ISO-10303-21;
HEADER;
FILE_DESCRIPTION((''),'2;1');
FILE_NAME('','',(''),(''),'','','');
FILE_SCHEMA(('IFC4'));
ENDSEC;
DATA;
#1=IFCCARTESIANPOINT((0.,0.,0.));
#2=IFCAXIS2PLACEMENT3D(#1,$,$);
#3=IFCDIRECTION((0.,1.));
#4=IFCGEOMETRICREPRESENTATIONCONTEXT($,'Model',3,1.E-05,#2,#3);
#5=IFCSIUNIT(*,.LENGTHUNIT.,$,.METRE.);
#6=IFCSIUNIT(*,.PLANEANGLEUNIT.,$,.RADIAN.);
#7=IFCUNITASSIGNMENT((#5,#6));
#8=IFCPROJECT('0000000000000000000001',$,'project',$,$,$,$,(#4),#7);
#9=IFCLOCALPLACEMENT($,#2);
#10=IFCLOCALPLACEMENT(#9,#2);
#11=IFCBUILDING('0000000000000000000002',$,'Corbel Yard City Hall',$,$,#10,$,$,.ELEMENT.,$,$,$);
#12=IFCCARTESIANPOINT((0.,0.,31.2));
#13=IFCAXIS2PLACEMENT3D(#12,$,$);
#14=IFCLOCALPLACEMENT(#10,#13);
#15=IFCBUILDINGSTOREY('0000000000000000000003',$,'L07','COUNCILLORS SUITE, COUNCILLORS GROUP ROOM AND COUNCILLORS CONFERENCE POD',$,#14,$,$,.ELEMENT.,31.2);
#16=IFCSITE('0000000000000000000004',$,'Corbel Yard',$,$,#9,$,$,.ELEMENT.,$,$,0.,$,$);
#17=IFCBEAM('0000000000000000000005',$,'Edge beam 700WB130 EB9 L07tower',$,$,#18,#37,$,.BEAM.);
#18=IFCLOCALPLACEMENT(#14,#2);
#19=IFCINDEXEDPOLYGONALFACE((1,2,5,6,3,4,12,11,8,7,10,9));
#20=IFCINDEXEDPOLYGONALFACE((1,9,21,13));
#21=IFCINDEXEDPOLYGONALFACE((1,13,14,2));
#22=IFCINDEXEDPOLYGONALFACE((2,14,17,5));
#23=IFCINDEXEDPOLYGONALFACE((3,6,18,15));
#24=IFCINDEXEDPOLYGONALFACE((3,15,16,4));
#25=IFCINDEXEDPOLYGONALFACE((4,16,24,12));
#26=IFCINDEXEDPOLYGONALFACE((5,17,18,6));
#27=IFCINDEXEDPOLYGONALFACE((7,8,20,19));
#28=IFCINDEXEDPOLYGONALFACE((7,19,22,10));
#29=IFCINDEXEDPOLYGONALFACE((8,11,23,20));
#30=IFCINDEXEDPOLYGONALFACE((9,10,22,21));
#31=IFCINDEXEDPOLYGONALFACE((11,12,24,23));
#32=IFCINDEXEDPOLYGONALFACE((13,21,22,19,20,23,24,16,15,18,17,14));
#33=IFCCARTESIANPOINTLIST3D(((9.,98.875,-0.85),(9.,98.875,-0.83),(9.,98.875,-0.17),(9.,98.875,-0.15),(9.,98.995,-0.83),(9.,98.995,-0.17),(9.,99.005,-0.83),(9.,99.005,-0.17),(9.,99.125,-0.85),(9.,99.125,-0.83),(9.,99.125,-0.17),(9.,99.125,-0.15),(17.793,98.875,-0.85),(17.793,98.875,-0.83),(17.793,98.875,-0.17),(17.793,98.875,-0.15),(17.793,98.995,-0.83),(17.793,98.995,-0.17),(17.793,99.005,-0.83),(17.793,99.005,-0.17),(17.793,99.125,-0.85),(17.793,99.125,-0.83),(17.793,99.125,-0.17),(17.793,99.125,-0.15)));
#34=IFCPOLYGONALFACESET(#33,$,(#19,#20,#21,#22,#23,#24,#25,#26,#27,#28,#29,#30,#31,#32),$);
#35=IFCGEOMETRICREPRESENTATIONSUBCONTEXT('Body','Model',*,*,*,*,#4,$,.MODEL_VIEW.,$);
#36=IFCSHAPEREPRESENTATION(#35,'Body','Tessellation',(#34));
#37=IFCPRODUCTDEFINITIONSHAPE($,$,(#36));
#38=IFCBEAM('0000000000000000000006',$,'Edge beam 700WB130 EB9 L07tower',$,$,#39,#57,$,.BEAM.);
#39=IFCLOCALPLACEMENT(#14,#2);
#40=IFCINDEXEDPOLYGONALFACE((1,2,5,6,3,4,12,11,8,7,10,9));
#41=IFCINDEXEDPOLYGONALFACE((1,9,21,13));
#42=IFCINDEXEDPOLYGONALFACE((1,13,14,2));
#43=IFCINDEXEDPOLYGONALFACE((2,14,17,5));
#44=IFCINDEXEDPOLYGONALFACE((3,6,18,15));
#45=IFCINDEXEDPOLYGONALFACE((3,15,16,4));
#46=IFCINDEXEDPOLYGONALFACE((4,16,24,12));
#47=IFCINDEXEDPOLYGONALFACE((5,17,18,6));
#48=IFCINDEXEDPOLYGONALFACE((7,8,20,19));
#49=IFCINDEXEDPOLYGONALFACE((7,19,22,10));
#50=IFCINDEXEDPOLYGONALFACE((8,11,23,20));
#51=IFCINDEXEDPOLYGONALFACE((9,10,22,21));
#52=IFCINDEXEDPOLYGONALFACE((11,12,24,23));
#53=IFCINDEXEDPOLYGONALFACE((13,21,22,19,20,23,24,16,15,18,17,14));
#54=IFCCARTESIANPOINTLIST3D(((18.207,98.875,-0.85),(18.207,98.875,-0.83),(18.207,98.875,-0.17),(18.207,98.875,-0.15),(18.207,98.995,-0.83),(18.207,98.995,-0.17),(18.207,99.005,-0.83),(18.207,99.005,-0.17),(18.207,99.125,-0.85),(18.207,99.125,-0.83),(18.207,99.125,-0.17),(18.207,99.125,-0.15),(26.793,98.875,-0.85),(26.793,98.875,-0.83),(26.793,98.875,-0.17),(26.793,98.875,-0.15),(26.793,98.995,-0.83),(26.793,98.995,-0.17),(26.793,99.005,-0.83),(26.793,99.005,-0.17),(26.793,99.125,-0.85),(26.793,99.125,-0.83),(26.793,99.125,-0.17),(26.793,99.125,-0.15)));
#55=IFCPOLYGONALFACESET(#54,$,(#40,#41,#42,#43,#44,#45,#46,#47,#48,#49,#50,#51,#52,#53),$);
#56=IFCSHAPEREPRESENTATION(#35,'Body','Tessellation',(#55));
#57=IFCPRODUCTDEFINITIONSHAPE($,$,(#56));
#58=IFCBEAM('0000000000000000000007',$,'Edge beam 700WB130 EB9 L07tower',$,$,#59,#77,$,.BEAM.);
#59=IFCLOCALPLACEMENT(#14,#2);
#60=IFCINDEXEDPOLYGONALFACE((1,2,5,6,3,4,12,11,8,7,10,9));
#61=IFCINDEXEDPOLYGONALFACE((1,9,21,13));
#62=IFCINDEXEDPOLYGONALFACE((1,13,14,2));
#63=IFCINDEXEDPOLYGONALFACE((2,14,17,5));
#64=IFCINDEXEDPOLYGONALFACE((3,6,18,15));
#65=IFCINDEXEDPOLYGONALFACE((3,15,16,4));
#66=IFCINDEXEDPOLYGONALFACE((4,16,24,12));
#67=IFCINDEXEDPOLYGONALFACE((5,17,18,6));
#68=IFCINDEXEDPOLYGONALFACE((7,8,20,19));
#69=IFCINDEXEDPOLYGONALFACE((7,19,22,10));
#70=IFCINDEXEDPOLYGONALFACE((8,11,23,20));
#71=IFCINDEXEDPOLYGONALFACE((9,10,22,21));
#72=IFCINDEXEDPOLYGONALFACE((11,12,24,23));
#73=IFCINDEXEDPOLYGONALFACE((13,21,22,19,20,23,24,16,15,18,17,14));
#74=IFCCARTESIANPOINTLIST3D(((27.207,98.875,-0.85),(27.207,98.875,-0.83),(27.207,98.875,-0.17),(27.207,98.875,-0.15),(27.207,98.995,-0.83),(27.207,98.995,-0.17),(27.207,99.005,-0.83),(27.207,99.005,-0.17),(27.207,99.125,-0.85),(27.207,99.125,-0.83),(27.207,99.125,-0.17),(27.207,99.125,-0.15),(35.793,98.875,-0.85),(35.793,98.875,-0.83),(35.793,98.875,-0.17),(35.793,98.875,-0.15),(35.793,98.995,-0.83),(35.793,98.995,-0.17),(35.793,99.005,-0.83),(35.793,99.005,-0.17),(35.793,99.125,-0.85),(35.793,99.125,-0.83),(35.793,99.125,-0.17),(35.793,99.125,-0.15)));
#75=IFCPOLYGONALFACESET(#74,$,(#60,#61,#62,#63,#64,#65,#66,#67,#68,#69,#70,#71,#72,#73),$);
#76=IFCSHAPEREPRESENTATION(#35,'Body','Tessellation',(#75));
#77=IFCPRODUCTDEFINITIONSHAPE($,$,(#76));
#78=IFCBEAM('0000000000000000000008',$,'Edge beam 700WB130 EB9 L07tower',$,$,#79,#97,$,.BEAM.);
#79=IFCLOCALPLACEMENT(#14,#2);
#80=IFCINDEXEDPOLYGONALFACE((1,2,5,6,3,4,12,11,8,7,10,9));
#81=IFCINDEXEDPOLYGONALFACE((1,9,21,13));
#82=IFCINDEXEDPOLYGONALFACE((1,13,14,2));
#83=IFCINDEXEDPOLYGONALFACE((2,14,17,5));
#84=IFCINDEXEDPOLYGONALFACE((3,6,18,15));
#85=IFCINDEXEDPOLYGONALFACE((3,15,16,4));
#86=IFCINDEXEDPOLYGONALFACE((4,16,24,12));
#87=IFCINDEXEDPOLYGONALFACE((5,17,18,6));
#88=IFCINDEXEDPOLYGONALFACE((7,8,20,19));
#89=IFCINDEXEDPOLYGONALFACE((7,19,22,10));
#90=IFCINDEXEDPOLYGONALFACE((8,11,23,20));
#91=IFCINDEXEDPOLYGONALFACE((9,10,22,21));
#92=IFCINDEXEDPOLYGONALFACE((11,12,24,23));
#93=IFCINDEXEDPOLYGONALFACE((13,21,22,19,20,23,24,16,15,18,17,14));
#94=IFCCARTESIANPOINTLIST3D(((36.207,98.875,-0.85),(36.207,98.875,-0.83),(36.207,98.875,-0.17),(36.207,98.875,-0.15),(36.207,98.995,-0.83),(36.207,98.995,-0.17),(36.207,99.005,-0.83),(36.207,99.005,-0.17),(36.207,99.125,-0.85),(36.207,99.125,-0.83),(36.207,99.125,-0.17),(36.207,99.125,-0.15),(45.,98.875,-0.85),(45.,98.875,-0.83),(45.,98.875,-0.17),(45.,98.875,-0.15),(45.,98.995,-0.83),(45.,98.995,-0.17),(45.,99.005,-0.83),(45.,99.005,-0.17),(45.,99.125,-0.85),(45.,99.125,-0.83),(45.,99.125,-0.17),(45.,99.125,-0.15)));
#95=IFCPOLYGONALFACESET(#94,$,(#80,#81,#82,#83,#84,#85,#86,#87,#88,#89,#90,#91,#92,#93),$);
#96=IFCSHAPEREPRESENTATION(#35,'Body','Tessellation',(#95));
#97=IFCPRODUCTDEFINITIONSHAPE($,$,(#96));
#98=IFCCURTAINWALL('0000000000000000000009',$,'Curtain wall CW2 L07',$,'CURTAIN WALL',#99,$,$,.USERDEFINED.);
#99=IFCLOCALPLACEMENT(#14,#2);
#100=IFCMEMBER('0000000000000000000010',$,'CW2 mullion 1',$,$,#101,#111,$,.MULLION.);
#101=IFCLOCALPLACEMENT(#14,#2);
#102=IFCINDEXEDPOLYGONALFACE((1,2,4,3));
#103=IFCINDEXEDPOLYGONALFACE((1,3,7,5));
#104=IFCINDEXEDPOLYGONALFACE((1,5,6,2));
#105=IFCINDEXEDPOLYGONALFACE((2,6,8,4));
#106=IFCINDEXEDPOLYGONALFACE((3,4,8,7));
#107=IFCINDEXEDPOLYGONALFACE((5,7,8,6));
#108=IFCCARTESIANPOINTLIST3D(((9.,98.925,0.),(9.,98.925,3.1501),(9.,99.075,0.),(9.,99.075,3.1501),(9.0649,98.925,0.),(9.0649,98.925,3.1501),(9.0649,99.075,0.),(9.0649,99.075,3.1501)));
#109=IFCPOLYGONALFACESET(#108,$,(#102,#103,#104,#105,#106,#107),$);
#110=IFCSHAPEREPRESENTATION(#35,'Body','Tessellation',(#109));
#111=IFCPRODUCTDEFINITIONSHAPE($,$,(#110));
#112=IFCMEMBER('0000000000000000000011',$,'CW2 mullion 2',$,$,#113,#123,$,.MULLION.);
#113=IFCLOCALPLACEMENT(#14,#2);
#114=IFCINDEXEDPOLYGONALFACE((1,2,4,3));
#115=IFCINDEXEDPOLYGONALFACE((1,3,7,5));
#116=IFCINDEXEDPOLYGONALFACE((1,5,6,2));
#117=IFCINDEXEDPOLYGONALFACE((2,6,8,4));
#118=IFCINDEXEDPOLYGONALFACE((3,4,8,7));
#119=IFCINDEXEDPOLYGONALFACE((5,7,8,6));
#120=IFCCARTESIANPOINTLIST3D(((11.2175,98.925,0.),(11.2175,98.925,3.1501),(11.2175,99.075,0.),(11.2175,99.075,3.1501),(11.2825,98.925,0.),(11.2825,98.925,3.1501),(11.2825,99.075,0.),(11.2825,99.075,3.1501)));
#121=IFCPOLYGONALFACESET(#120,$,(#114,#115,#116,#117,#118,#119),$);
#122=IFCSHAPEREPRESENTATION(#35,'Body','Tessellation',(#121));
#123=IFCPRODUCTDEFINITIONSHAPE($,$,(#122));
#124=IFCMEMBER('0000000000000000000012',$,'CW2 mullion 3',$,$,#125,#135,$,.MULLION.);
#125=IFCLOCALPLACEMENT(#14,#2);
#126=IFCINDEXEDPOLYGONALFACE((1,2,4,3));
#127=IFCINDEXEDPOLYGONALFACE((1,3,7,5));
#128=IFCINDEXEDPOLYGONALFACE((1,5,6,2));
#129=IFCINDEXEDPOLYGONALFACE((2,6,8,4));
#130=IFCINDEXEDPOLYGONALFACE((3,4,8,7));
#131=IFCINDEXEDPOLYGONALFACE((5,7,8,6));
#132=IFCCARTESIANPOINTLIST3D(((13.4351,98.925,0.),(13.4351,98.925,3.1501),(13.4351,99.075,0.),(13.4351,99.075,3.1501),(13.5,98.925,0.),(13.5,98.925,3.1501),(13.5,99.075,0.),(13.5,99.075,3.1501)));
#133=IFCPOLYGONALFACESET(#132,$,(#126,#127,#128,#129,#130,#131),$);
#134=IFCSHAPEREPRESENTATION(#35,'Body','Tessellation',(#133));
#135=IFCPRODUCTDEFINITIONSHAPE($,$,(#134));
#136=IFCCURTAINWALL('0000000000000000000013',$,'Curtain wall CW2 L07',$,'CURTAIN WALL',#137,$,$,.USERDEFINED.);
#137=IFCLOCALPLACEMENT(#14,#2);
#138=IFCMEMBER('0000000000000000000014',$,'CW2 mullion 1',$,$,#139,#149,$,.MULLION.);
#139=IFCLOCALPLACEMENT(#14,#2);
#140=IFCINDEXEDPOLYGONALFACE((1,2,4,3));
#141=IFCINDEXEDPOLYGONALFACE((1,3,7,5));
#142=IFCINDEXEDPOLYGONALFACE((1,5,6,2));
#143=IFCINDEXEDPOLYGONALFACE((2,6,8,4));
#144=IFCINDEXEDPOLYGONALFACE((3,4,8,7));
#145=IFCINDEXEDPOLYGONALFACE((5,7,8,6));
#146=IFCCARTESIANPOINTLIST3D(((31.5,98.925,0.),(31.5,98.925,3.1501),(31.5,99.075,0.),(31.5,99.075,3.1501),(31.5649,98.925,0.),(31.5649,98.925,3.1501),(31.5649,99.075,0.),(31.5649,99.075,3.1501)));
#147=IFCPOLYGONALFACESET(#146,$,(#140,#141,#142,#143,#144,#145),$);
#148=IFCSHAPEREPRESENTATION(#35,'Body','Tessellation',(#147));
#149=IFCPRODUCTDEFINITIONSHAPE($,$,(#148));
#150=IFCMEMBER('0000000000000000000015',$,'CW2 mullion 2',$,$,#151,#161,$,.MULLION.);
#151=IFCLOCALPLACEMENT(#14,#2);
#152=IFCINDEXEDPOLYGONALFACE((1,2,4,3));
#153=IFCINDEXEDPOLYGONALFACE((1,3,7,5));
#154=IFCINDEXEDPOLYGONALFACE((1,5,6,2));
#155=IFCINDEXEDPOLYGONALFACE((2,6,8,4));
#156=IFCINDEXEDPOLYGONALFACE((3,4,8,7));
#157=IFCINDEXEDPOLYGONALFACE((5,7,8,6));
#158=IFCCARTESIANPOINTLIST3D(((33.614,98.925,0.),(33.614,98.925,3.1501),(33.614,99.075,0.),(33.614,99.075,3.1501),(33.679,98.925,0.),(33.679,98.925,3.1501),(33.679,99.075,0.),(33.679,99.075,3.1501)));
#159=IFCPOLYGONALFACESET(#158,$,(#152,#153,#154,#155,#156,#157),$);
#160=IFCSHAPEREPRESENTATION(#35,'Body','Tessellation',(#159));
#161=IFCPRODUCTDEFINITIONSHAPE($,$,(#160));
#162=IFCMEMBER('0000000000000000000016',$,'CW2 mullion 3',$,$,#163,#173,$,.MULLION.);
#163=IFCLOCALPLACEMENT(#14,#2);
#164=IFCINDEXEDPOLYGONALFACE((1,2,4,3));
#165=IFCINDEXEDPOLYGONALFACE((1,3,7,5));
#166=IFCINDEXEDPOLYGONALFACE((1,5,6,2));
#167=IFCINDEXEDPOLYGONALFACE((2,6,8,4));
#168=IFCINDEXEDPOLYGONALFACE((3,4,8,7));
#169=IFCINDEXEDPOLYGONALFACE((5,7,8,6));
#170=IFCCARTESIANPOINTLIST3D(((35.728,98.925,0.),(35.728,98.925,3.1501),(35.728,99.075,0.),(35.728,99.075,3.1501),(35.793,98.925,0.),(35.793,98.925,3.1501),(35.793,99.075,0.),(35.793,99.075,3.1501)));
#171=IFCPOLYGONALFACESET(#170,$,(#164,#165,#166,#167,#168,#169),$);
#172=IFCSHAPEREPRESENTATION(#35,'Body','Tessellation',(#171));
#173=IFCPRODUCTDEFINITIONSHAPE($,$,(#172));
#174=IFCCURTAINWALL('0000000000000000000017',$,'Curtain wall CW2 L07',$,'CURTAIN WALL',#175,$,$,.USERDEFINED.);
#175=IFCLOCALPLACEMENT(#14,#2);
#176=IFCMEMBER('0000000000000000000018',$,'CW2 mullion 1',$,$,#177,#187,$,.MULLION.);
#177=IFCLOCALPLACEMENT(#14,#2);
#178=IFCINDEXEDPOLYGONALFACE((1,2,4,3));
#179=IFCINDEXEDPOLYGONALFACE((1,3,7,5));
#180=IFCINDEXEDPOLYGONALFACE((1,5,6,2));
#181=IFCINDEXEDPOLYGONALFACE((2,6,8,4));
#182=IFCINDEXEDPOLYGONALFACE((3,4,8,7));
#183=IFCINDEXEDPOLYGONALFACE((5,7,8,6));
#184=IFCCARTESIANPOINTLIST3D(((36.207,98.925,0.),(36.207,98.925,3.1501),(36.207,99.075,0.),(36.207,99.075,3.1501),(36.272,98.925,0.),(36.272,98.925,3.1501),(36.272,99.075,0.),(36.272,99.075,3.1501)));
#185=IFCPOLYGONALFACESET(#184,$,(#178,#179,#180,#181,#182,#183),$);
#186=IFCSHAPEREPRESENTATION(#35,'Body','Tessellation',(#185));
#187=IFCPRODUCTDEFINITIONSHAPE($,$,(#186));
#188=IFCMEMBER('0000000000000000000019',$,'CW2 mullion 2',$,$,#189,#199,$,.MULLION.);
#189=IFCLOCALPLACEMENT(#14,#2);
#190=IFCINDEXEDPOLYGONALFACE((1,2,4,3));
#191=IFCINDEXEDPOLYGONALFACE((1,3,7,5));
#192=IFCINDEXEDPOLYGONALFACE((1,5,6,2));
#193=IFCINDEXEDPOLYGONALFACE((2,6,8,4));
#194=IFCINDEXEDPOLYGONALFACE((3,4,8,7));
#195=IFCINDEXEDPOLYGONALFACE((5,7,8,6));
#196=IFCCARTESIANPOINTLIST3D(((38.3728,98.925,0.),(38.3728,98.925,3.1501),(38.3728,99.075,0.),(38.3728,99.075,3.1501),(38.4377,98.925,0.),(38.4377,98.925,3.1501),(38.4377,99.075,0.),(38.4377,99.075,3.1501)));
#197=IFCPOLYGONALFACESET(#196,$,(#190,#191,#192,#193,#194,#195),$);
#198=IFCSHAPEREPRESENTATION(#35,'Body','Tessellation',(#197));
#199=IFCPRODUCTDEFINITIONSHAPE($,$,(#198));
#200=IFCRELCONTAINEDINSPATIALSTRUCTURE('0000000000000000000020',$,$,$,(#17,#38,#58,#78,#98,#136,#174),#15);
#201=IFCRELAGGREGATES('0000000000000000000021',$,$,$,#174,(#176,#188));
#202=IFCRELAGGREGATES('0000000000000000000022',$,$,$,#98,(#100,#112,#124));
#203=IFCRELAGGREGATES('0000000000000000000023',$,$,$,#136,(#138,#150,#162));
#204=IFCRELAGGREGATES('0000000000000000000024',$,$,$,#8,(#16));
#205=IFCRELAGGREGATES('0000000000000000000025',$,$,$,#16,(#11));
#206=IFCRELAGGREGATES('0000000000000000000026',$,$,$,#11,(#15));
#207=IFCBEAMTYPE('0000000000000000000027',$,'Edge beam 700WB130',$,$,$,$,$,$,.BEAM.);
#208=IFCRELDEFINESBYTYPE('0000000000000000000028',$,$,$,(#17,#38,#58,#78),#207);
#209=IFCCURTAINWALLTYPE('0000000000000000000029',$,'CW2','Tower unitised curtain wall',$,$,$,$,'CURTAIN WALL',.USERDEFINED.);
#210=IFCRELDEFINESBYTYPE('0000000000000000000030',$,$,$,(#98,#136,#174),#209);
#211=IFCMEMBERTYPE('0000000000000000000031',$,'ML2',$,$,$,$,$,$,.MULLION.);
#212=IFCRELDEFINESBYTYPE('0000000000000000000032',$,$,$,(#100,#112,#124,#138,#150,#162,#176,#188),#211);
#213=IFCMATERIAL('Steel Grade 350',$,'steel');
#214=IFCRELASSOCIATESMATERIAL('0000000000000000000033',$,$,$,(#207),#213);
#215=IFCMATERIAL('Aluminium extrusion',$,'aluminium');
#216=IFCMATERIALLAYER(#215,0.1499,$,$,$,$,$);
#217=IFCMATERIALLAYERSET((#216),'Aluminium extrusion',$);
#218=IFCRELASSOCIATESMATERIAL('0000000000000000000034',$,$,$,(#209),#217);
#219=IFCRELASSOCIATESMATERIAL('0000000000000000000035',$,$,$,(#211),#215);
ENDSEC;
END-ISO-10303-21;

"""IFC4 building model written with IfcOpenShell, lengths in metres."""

from ifc_helpers import new_model, si_unit, direction, frame, origin, origin_2d, place, context, subcontext, project, spatial, rectangle, i_section, extrude, material, layer, layer_set, material_profile, profile_set, type_object, element, aggregate, save


model = new_model("IFC4")

# Units and contexts
model_context = context("Model", 3, precision=1e-05, world=origin(), true_north=direction((0.0, 1.0)))
body_context = subcontext(model_context, "Body", "Model", "MODEL_VIEW")
ifc_project = project(units=[si_unit("LENGTHUNIT", "METRE"), si_unit("PLANEANGLEUNIT", "RADIAN")], contexts=[model_context])

# Site, building, storey
site_placement = place(None, origin())
site = spatial("IfcSite", under=ifc_project, at=site_placement, Name="Corbel Yard", CompositionType="ELEMENT", RefElevation=0.0)
building_placement = place(site_placement, origin())
building = spatial("IfcBuilding", under=site, at=building_placement, Name="Corbel Yard City Hall", CompositionType="ELEMENT")
storey_placement = place(building_placement, frame((0.0, 0.0, 31.2)))
storey = spatial("IfcBuildingStorey", under=building, at=storey_placement, Name="L07", Description="COUNCILLORS SUITE, COUNCILLORS GROUP ROOM AND COUNCILLORS CONFERENCE POD", CompositionType="ELEMENT", Elevation=31.2)

# Beams
ifc_material_1 = material(Name="Steel Grade 350", Category="steel")
ifc_material_profile_1 = material_profile(ifc_material_1, i_section(OverallWidth=0.25, OverallDepth=0.7, WebThickness=0.01, FlangeThickness=0.02, at=origin_2d()), Name="700WB130")
ifc_profile_set_1 = profile_set([ifc_material_profile_1], Name="Steel Grade 350")
beam_type = type_object("IfcBeamType", Name="Edge beam 700WB130", PredefinedType="BEAM", material=ifc_profile_set_1)
beam_1_placement = place(storey_placement, frame((9.0, 99.0, -0.5), z_axis=(1.0, 0.0, 0.0), x_axis=(0.0, 1.0, 0.0)))
element("IfcBeam", 1, at=beam_1_placement, inside=storey, type_object=beam_type, Name="Edge beam 700WB130 EB9 L07tower", PredefinedType="BEAM", context=body_context, shape_type="SweptSolid", body=[
    extrude(i_section(OverallWidth=0.25, OverallDepth=0.7, WebThickness=0.01, FlangeThickness=0.02, at=origin_2d()), origin(), (0.0, 0.0, 1.0), 8.793),
])
for number, where, z_axis, x_axis, name in (
    (2, (18.207, 99.0, -0.5), (1.0, 0.0, 0.0), (0.0, 1.0, 0.0), "Edge beam 700WB130 EB9 L07tower"),
    (3, (27.207, 99.0, -0.5), (1.0, 0.0, 0.0), (0.0, 1.0, 0.0), "Edge beam 700WB130 EB9 L07tower"),
):
    element("IfcBeam", number, at=place(storey_placement, frame(where, z_axis=z_axis, x_axis=x_axis)), inside=storey, type_object=beam_type, Name=name, PredefinedType="BEAM", context=body_context, shape_type="SweptSolid", body=[
        extrude(i_section(OverallWidth=0.25, OverallDepth=0.7, WebThickness=0.01, FlangeThickness=0.02, at=origin_2d()), origin(), (0.0, 0.0, 1.0), 8.5859),
    ])
beam_2_placement = place(storey_placement, frame((36.207, 99.0, -0.5), z_axis=(1.0, 0.0, 0.0), x_axis=(0.0, 1.0, 0.0)))
element("IfcBeam", 4, at=beam_2_placement, inside=storey, type_object=beam_type, Name="Edge beam 700WB130 EB9 L07tower", PredefinedType="BEAM", context=body_context, shape_type="SweptSolid", body=[
    extrude(i_section(OverallWidth=0.25, OverallDepth=0.7, WebThickness=0.01, FlangeThickness=0.02, at=origin_2d()), origin(), (0.0, 0.0, 1.0), 8.793),
])

# Curtain walls, members
ifc_material_2 = material(Name="Aluminium extrusion", Category="aluminium")
ifc_layer_1 = layer(ifc_material_2, 0.1499)
ifc_layer_set_1 = layer_set([ifc_layer_1], Name="Aluminium extrusion")
curtain_wall_type = type_object("IfcCurtainWallType", Name="CW2", Description="Tower unitised curtain wall", ElementType="CURTAIN WALL", PredefinedType="USERDEFINED", material=ifc_layer_set_1)
curtain_wall_1_placement = place(storey_placement, origin())
curtain_wall_1 = element("IfcCurtainWall", 5, at=curtain_wall_1_placement, inside=storey, type_object=curtain_wall_type, Name="Curtain wall CW2 L07", ObjectType="CURTAIN WALL", PredefinedType="USERDEFINED")
ifc_material_profile_2 = material_profile(ifc_material_2, rectangle(XDim=0.1499, YDim=0.0649, at=origin_2d()), Name="150x65")
ifc_profile_set_2 = profile_set([ifc_material_profile_2], Name="Aluminium extrusion")
member_type_1 = type_object("IfcMemberType", Name="ML2", PredefinedType="MULLION", material=ifc_profile_set_2)
member_1_placement = place(storey_placement, frame((9.0325, 99.0, 0.0), z_axis=(0.0, 0.0, 1.0), x_axis=(0.0, 1.0, 0.0)))
member_1 = element("IfcMember", 6, at=member_1_placement, type_object=member_type_1, Name="CW2 mullion 1", PredefinedType="MULLION", context=body_context, shape_type="SweptSolid", body=[
    extrude(rectangle(XDim=0.1499, YDim=0.0649, at=origin_2d()), origin(), (0.0, 0.0, 1.0), 3.1501),
])
member_2_placement = place(storey_placement, frame((11.25, 99.0, 0.0), z_axis=(0.0, 0.0, 1.0), x_axis=(0.0, 1.0, 0.0)))
member_2 = element("IfcMember", 7, at=member_2_placement, type_object=member_type_1, Name="CW2 mullion 2", PredefinedType="MULLION", context=body_context, shape_type="SweptSolid", body=[
    extrude(rectangle(XDim=0.1499, YDim=0.0649, at=origin_2d()), origin(), (0.0, 0.0, 1.0), 3.1501),
])
member_3_placement = place(storey_placement, frame((13.4675, 99.0, 0.0), z_axis=(0.0, 0.0, 1.0), x_axis=(0.0, 1.0, 0.0)))
member_3 = element("IfcMember", 8, at=member_3_placement, type_object=member_type_1, Name="CW2 mullion 3", PredefinedType="MULLION", context=body_context, shape_type="SweptSolid", body=[
    extrude(rectangle(XDim=0.1499, YDim=0.0649, at=origin_2d()), origin(), (0.0, 0.0, 1.0), 3.1501),
])
curtain_wall_2_placement = place(storey_placement, origin())
curtain_wall_2 = element("IfcCurtainWall", 9, at=curtain_wall_2_placement, inside=storey, type_object=curtain_wall_type, Name="Curtain wall CW2 L07", ObjectType="CURTAIN WALL", PredefinedType="USERDEFINED")
member_4_placement = place(storey_placement, frame((31.5325, 99.0, 0.0), z_axis=(0.0, 0.0, 1.0), x_axis=(0.0, 1.0, 0.0)))
member_4 = element("IfcMember", 10, at=member_4_placement, type_object=member_type_1, Name="CW2 mullion 1", PredefinedType="MULLION", context=body_context, shape_type="SweptSolid", body=[
    extrude(rectangle(XDim=0.1499, YDim=0.0649, at=origin_2d()), origin(), (0.0, 0.0, 1.0), 3.1501),
])
member_5_placement = place(storey_placement, frame((33.6465, 99.0, 0.0), z_axis=(0.0, 0.0, 1.0), x_axis=(0.0, 1.0, 0.0)))
member_5 = element("IfcMember", 11, at=member_5_placement, type_object=member_type_1, Name="CW2 mullion 2", PredefinedType="MULLION", context=body_context, shape_type="SweptSolid", body=[
    extrude(rectangle(XDim=0.1499, YDim=0.0649, at=origin_2d()), origin(), (0.0, 0.0, 1.0), 3.1501),
])
member_6_placement = place(storey_placement, frame((35.7605, 99.0, 0.0), z_axis=(0.0, 0.0, 1.0), x_axis=(0.0, 1.0, 0.0)))
member_6 = element("IfcMember", 12, at=member_6_placement, type_object=member_type_1, Name="CW2 mullion 3", PredefinedType="MULLION", context=body_context, shape_type="SweptSolid", body=[
    extrude(rectangle(XDim=0.1499, YDim=0.0649, at=origin_2d()), origin(), (0.0, 0.0, 1.0), 3.1501),
])
curtain_wall_3_placement = place(storey_placement, origin())
curtain_wall_3 = element("IfcCurtainWall", 13, at=curtain_wall_3_placement, inside=storey, type_object=curtain_wall_type, Name="Curtain wall CW2 L07", ObjectType="CURTAIN WALL", PredefinedType="USERDEFINED")
member_7_placement = place(storey_placement, frame((36.2395, 99.0, 0.0), z_axis=(0.0, 0.0, 1.0), x_axis=(0.0, 1.0, 0.0)))
member_7 = element("IfcMember", 14, at=member_7_placement, type_object=member_type_1, Name="CW2 mullion 1", PredefinedType="MULLION", context=body_context, shape_type="SweptSolid", body=[
    extrude(rectangle(XDim=0.1499, YDim=0.0649, at=origin_2d()), origin(), (0.0, 0.0, 1.0), 3.1501),
])
member_8_placement = place(storey_placement, frame((38.4053, 99.0, 0.0), z_axis=(0.0, 0.0, 1.0), x_axis=(0.0, 1.0, 0.0)))
member_8 = element("IfcMember", 15, at=member_8_placement, type_object=member_type_1, Name="CW2 mullion 2", PredefinedType="MULLION", context=body_context, shape_type="SweptSolid", body=[
    extrude(rectangle(XDim=0.1499, YDim=0.0649, at=origin_2d()), origin(), (0.0, 0.0, 1.0), 3.1501),
])

aggregate(curtain_wall_3, [member_7, member_8])

aggregate(curtain_wall_1, [member_1, member_2, member_3])
aggregate(curtain_wall_2, [member_4, member_5, member_6])

save(model, "model.ifc")
